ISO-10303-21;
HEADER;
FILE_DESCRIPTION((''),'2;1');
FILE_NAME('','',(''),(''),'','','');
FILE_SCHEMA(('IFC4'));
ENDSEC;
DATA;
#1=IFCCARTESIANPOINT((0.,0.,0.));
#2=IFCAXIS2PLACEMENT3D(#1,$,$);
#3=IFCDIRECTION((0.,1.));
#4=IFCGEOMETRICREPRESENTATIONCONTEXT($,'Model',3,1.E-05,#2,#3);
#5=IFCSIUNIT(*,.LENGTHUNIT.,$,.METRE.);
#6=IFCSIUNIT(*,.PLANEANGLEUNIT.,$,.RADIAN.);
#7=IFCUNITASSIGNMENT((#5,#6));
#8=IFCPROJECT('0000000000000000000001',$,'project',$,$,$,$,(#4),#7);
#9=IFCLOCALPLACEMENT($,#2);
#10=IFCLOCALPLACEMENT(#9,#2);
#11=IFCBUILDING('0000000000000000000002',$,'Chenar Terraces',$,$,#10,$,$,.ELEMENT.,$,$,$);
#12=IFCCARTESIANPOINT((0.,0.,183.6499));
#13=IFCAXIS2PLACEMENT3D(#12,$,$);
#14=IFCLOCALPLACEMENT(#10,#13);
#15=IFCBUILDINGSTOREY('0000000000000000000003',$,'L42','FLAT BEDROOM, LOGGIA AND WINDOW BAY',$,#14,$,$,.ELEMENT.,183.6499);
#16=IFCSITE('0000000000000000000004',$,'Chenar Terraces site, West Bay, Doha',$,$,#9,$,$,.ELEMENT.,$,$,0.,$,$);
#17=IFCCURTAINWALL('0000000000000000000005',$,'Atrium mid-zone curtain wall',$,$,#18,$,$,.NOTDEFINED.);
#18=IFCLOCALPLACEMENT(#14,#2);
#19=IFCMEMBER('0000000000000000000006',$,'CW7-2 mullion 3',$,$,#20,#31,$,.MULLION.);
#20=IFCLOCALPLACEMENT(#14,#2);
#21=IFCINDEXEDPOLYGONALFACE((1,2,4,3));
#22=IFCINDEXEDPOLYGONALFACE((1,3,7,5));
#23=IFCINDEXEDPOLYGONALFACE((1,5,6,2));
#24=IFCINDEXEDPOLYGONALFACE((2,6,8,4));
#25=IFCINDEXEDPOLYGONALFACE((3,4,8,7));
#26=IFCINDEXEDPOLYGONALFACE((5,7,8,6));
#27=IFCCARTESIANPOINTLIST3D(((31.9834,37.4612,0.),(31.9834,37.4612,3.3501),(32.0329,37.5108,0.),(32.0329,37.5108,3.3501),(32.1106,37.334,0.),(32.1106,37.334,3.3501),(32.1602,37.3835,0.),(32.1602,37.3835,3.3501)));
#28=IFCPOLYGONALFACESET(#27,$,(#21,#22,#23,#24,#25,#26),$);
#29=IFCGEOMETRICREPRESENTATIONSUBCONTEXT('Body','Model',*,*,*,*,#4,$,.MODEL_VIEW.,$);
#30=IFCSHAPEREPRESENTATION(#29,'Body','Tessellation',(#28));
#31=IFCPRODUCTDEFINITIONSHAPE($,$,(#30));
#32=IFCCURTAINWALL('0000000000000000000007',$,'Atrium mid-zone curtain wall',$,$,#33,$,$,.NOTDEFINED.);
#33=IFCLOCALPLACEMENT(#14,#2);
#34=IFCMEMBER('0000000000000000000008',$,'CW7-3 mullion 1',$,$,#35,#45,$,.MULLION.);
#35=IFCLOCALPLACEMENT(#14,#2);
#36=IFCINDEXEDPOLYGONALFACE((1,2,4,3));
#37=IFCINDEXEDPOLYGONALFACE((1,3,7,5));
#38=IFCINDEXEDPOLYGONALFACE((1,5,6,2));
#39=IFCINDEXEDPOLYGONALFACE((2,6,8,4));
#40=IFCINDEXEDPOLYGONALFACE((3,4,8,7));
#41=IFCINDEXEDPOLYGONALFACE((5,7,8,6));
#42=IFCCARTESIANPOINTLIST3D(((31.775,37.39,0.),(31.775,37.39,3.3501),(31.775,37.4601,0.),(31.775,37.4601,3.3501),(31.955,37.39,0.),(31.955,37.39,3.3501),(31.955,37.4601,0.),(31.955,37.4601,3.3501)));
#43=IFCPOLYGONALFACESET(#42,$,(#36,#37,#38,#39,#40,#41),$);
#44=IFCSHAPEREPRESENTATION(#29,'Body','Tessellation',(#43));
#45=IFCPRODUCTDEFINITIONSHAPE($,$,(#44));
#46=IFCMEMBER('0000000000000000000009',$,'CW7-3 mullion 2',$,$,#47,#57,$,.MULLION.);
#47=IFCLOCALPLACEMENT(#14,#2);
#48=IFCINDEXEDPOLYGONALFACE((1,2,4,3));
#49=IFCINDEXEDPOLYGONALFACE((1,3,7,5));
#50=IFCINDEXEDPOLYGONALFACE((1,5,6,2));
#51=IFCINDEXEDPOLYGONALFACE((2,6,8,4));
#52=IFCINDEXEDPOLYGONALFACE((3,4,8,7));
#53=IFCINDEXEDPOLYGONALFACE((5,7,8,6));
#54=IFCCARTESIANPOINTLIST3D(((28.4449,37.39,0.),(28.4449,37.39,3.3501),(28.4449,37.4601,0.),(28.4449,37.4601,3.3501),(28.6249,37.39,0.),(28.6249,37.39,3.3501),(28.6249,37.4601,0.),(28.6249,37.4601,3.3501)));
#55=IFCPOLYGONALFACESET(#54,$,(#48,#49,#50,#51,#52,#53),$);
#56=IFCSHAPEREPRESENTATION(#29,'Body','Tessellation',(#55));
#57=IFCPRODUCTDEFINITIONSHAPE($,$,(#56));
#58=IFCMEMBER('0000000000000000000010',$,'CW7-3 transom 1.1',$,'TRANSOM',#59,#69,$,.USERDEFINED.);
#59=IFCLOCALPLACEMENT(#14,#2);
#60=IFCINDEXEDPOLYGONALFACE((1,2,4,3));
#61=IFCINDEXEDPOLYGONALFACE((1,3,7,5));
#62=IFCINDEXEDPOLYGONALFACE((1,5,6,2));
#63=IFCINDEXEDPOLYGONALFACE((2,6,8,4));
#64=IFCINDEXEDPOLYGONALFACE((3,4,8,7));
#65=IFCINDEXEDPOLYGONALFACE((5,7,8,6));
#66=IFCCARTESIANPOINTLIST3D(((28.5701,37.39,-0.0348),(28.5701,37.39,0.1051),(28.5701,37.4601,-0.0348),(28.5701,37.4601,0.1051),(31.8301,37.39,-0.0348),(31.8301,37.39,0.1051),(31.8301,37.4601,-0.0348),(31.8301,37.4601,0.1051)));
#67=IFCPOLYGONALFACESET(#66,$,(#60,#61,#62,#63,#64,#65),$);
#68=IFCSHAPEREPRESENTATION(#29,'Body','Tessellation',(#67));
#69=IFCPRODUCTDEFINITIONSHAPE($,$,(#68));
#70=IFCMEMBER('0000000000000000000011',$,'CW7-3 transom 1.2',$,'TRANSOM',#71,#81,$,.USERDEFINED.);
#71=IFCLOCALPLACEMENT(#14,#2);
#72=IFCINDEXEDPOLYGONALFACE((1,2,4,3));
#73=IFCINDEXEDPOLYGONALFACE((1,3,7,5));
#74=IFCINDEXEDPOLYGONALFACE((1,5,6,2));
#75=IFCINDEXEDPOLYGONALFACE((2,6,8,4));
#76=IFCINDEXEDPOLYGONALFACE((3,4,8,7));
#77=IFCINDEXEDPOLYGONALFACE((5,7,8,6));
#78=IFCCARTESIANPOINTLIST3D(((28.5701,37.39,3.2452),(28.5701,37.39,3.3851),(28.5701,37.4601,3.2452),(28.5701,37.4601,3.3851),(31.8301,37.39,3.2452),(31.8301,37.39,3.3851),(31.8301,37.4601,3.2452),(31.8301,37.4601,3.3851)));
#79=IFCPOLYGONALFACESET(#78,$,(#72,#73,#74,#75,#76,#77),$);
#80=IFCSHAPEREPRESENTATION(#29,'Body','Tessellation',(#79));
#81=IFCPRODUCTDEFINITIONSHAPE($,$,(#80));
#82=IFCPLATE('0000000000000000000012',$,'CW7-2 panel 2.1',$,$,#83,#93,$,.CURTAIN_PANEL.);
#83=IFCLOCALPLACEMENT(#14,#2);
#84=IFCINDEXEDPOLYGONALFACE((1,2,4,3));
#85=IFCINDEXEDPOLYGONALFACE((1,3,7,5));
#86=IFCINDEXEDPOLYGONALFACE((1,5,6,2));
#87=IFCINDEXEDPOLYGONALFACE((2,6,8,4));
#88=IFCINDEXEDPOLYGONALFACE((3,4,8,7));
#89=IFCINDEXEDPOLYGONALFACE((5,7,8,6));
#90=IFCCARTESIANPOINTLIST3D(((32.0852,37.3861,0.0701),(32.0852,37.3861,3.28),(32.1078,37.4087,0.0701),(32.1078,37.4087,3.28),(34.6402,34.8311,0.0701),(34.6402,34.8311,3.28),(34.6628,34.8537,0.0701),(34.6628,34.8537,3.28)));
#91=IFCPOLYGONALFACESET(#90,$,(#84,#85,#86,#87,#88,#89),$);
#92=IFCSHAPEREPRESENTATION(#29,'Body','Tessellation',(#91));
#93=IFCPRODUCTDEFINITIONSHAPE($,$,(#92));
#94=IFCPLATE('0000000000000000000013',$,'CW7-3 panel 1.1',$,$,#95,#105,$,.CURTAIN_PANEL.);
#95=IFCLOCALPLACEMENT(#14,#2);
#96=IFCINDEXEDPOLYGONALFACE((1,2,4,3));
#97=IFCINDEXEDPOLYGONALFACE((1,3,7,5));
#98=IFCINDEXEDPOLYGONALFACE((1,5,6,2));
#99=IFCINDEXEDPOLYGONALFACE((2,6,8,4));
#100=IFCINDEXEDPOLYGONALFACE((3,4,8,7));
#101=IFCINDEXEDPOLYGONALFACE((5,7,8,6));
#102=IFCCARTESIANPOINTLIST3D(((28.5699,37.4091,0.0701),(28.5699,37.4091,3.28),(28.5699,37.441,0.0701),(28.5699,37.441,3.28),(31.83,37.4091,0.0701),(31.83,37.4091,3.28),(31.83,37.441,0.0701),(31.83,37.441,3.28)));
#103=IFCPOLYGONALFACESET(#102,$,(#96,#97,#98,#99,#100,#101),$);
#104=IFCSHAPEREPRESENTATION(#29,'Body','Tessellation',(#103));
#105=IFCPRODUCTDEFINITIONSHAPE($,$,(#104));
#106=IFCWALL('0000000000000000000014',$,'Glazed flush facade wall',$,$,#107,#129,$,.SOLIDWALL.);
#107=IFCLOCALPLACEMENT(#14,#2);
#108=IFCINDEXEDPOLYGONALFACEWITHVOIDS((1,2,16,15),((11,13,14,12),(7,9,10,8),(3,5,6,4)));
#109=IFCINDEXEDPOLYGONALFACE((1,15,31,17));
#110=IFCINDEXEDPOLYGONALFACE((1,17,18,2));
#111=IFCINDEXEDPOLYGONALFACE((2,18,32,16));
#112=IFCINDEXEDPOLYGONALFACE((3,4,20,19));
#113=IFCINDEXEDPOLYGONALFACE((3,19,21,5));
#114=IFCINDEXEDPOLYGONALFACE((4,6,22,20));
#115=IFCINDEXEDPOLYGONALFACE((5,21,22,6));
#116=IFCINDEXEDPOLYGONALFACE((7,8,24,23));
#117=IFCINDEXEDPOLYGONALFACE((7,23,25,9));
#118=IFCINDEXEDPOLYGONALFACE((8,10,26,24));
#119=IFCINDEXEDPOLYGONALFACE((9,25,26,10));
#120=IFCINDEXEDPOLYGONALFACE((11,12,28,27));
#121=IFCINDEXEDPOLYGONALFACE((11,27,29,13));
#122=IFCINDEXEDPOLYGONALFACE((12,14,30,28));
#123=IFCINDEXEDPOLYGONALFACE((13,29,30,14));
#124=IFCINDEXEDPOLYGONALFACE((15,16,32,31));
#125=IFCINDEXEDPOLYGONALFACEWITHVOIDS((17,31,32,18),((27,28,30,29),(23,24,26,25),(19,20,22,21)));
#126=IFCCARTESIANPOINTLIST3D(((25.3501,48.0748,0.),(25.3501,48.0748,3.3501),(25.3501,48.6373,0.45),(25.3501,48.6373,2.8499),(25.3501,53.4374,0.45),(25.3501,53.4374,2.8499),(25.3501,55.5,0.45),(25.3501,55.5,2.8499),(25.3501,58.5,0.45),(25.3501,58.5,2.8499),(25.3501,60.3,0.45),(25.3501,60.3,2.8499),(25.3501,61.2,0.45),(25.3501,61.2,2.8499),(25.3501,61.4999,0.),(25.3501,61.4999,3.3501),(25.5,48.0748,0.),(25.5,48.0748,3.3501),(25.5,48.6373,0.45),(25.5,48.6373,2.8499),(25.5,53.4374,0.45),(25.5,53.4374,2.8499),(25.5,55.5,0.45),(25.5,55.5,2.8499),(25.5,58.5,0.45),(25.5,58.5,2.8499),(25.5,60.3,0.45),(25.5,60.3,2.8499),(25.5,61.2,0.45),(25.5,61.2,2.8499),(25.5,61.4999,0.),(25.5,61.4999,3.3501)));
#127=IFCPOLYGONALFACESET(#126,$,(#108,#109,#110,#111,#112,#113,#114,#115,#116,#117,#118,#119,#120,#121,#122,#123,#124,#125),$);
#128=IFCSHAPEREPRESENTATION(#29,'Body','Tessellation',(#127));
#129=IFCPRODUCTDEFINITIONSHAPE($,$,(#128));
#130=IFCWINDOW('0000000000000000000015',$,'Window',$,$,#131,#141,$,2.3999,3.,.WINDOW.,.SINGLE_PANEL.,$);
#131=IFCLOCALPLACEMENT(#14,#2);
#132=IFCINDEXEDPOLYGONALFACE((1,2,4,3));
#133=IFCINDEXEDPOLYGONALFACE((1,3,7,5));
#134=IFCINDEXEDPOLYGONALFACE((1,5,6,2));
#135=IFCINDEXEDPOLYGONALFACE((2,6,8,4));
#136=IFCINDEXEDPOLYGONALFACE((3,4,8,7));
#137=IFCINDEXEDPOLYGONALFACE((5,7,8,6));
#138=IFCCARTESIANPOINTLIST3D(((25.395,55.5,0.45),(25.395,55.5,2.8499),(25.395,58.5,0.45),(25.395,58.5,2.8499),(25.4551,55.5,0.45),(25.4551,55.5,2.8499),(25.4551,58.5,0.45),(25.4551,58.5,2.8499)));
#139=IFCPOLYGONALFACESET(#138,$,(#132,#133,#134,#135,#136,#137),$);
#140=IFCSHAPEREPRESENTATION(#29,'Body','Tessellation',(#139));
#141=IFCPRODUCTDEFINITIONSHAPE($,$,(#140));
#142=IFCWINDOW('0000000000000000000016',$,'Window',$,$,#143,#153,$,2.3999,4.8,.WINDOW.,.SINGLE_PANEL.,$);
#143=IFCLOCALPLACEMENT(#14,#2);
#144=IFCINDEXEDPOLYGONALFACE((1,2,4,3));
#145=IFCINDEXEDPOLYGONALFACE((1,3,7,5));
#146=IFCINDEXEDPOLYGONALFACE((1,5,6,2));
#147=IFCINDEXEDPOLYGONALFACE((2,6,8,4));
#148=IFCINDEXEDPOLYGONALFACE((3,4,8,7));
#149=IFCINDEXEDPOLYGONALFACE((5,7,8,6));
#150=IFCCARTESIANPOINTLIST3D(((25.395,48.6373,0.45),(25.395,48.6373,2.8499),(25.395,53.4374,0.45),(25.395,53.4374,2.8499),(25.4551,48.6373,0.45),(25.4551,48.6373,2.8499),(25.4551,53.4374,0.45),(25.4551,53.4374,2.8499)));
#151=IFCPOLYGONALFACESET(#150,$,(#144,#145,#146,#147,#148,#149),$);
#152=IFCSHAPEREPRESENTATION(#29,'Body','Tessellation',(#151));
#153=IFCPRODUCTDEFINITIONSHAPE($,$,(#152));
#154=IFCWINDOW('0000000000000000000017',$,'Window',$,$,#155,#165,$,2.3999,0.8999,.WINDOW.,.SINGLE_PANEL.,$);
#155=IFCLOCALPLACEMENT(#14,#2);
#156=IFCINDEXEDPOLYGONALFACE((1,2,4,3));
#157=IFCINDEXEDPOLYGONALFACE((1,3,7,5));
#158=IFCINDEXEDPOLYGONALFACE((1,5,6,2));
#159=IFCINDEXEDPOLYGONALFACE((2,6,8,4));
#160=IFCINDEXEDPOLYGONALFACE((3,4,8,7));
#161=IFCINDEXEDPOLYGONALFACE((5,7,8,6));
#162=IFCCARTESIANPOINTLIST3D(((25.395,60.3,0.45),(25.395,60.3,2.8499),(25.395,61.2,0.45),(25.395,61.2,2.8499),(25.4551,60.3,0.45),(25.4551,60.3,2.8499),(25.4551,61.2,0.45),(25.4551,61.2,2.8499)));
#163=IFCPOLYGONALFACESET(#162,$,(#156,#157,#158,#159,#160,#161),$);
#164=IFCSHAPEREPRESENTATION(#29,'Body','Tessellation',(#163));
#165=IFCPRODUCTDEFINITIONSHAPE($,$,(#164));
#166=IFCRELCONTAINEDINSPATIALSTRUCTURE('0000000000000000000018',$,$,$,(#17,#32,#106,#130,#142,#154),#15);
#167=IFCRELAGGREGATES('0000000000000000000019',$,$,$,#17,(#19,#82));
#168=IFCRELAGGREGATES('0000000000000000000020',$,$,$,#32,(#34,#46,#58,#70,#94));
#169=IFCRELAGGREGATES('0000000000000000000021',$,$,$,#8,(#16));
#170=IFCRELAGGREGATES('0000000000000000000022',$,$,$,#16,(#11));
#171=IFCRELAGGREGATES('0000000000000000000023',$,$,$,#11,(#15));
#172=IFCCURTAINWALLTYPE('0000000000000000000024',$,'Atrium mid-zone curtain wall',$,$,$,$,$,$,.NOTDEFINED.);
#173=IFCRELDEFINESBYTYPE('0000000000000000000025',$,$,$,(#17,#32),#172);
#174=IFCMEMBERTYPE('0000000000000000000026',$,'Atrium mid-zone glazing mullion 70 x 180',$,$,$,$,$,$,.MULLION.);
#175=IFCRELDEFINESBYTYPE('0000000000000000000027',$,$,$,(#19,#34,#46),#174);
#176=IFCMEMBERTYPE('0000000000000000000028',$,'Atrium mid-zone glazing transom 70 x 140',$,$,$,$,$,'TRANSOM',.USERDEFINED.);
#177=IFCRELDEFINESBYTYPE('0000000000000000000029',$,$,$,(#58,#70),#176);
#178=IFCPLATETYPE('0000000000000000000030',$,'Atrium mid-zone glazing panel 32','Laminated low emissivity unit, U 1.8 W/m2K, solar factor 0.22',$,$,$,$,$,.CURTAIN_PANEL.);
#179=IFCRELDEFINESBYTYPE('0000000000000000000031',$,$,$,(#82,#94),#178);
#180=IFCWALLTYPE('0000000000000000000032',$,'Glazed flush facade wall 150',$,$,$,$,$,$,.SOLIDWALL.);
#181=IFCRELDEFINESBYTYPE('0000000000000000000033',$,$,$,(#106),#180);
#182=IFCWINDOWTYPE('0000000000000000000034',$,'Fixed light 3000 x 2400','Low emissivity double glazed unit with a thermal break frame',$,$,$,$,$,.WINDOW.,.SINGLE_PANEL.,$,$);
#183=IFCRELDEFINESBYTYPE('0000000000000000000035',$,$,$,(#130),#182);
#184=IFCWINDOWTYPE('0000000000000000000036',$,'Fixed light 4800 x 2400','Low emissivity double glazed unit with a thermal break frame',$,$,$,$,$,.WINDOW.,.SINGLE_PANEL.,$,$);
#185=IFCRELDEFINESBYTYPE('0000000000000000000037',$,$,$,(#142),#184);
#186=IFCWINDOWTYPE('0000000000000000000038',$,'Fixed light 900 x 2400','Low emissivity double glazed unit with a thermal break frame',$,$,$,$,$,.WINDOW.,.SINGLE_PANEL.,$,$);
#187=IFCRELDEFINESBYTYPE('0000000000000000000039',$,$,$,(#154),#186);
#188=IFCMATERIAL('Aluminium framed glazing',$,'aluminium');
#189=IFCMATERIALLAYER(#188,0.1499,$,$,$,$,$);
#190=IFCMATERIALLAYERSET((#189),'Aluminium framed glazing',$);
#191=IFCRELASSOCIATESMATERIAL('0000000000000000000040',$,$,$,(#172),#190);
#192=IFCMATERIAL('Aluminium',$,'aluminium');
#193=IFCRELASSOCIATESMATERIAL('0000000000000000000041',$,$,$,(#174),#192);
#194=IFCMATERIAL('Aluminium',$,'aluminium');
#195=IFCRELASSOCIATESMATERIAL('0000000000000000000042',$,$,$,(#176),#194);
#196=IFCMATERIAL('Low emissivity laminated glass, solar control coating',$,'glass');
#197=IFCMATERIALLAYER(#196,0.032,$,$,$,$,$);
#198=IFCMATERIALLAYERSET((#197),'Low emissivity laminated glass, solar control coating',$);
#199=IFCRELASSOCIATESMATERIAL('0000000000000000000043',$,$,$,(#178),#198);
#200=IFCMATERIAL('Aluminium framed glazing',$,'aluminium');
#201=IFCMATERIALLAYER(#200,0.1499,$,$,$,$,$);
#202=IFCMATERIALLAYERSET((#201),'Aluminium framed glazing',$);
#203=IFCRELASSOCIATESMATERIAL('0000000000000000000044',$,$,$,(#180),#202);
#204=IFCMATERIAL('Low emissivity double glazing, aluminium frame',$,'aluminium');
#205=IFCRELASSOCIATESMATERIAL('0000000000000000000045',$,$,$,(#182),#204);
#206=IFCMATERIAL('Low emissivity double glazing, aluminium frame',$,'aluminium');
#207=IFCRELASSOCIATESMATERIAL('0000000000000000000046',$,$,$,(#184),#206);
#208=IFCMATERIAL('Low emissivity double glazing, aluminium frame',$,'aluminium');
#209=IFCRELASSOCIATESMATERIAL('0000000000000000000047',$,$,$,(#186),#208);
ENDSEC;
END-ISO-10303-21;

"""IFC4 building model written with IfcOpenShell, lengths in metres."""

from ifc_helpers import new_model, si_unit, direction, frame, frame_2d, origin, origin_2d, place, context, subcontext, project, spatial, rectangle, extrude, material, layer, layer_set, material_profile, profile_set, type_object, element, fill, aggregate, save


model = new_model("IFC4")

# Units and contexts
model_context = context("Model", 3, precision=1e-05, world=origin(), true_north=direction((0.0, 1.0)))
body_context = subcontext(model_context, "Body", "Model", "MODEL_VIEW")
ifc_project = project(units=[si_unit("LENGTHUNIT", "METRE"), si_unit("PLANEANGLEUNIT", "RADIAN")], contexts=[model_context])

# Site, building, storey
site_placement = place(None, origin())
site = spatial("IfcSite", under=ifc_project, at=site_placement, Name="Chenar Terraces site, West Bay, Doha", CompositionType="ELEMENT", RefElevation=0.0)
building_placement = place(site_placement, origin())
building = spatial("IfcBuilding", under=site, at=building_placement, Name="Chenar Terraces", CompositionType="ELEMENT")
storey_placement = place(building_placement, frame((0.0, 0.0, 183.6499)))
storey = spatial("IfcBuildingStorey", under=building, at=storey_placement, Name="L42", Description="FLAT BEDROOM, LOGGIA AND WINDOW BAY", CompositionType="ELEMENT", Elevation=183.6499)

# Curtain wall, member
ifc_material_1 = material(Name="Aluminium framed glazing", Category="aluminium")
ifc_layer_1 = layer(ifc_material_1, 0.1499)
ifc_layer_set_1 = layer_set([ifc_layer_1], Name="Aluminium framed glazing")
curtain_wall_type = type_object("IfcCurtainWallType", Name="Atrium mid-zone curtain wall", PredefinedType="NOTDEFINED", material=ifc_layer_set_1)
placement = place(storey_placement, origin())
curtain_wall_1 = element("IfcCurtainWall", 1, at=placement, inside=storey, type_object=curtain_wall_type, Name="Atrium mid-zone curtain wall", PredefinedType="NOTDEFINED")
ifc_material_2 = material(Name="Aluminium", Category="aluminium")
ifc_material_profile_1 = material_profile(ifc_material_2, rectangle(XDim=0.0701, YDim=0.1799, at=origin_2d()), Name="Atrium mid-zone glazing mullion 70 x 180")
ifc_profile_set_1 = profile_set([ifc_material_profile_1], Name="Aluminium")
member_type_1 = type_object("IfcMemberType", Name="Atrium mid-zone glazing mullion 70 x 180", PredefinedType="MULLION", material=ifc_profile_set_1)
member_1_placement = place(storey_placement, frame((32.0718, 37.4224, 0.0), z_axis=(0.0, 0.0, 1.0), x_axis=(-0.707107, -0.707107, 0.0)))
member_1 = element("IfcMember", 2, at=member_1_placement, type_object=member_type_1, Name="CW7-2 mullion 3", PredefinedType="MULLION", context=body_context, shape_type="SweptSolid", body=[
    extrude(rectangle(XDim=0.0701, YDim=0.1799, at=origin_2d()), origin(), (0.0, 0.0, 1.0), 3.3501),
])

# Curtain wall, members
curtain_wall_2 = element("IfcCurtainWall", 3, at=placement, inside=storey, type_object=curtain_wall_type, Name="Atrium mid-zone curtain wall", PredefinedType="NOTDEFINED")
member_2_placement = place(storey_placement, frame((31.865, 37.425, 0.0), z_axis=(0.0, 0.0, 1.0), x_axis=(0.0, -1.0, 0.0)))
member_2 = element("IfcMember", 4, at=member_2_placement, type_object=member_type_1, Name="CW7-3 mullion 1", PredefinedType="MULLION", context=body_context, shape_type="SweptSolid", body=[
    extrude(rectangle(XDim=0.0701, YDim=0.1799, at=origin_2d()), origin(), (0.0, 0.0, 1.0), 3.3501),
])
member_3_placement = place(storey_placement, frame((28.5349, 37.425, 0.0), z_axis=(0.0, 0.0, 1.0), x_axis=(0.0, -1.0, 0.0)))
member_3 = element("IfcMember", 5, at=member_3_placement, type_object=member_type_1, Name="CW7-3 mullion 2", PredefinedType="MULLION", context=body_context, shape_type="SweptSolid", body=[
    extrude(rectangle(XDim=0.0701, YDim=0.1799, at=origin_2d()), origin(), (0.0, 0.0, 1.0), 3.3501),
])
ifc_material_3 = material(Name="Aluminium", Category="aluminium")
ifc_material_profile_2 = material_profile(ifc_material_3, rectangle(XDim=0.0701, YDim=0.1399, at=origin_2d()), Name="Atrium mid-zone glazing transom 70 x 140")
ifc_profile_set_2 = profile_set([ifc_material_profile_2], Name="Aluminium")
member_type_2 = type_object("IfcMemberType", Name="Atrium mid-zone glazing transom 70 x 140", ElementType="TRANSOM", PredefinedType="USERDEFINED", material=ifc_profile_set_2)
member_4_placement = place(storey_placement, frame((31.8301, 37.425, 0.0352), z_axis=(-1.0, 0.0, 0.0), x_axis=(0.0, -1.0, 0.0)))
member_4 = element("IfcMember", 6, at=member_4_placement, type_object=member_type_2, Name="CW7-3 transom 1.1", ObjectType="TRANSOM", PredefinedType="USERDEFINED", context=body_context, shape_type="SweptSolid", body=[
    extrude(rectangle(XDim=0.0701, YDim=0.1399, at=origin_2d()), origin(), (0.0, 0.0, 1.0), 3.26),
])
member_5_placement = place(storey_placement, frame((31.8301, 37.425, 3.3152), z_axis=(-1.0, 0.0, 0.0), x_axis=(0.0, -1.0, 0.0)))
member_5 = element("IfcMember", 7, at=member_5_placement, type_object=member_type_2, Name="CW7-3 transom 1.2", ObjectType="TRANSOM", PredefinedType="USERDEFINED", context=body_context, shape_type="SweptSolid", body=[
    extrude(rectangle(XDim=0.0701, YDim=0.1399, at=origin_2d()), origin(), (0.0, 0.0, 1.0), 3.26),
])

# Plates
ifc_material_4 = material(Name="Low emissivity laminated glass, solar control coating", Category="glass")
ifc_layer_2 = layer(ifc_material_4, 0.032)
ifc_layer_set_2 = layer_set([ifc_layer_2], Name="Low emissivity laminated glass, solar control coating")
plate_type = type_object("IfcPlateType", Name="Atrium mid-zone glazing panel 32", Description="Laminated low emissivity unit, U 1.8 W/m2K, solar factor 0.22", PredefinedType="CURTAIN_PANEL", material=ifc_layer_set_2)
plate_1_placement = place(storey_placement, frame((33.374, 36.1199, 0.0701), z_axis=(0.0, 0.0, 1.0), x_axis=(-0.707107, 0.707107, 0.0)))
plate_1 = element("IfcPlate", 8, at=plate_1_placement, type_object=plate_type, Name="CW7-2 panel 2.1", PredefinedType="CURTAIN_PANEL", context=body_context, shape_type="SweptSolid", body=[
    extrude(rectangle(XDim=3.6133, YDim=0.032, at=origin_2d()), origin(), (0.0, 0.0, 1.0), 3.21),
])
aggregate(curtain_wall_1, [member_1, plate_1])
plate_2_placement = place(storey_placement, frame((30.2, 37.425, 0.0701), z_axis=(0.0, 0.0, 1.0), x_axis=(-1.0, 0.0, 0.0)))
plate_2 = element("IfcPlate", 9, at=plate_2_placement, type_object=plate_type, Name="CW7-3 panel 1.1", PredefinedType="CURTAIN_PANEL", context=body_context, shape_type="SweptSolid", body=[
    extrude(rectangle(XDim=3.26, YDim=0.032, at=origin_2d()), origin(), (0.0, 0.0, 1.0), 3.21),
])
aggregate(curtain_wall_2, [member_2, member_3, member_4, member_5, plate_2])

# Wall, openings, windows
ifc_material_5 = material(Name="Aluminium framed glazing", Category="aluminium")
ifc_layer_3 = layer(ifc_material_5, 0.1499)
ifc_layer_set_3 = layer_set([ifc_layer_3], Name="Aluminium framed glazing")
wall_type_1 = type_object("IfcWallType", Name="Glazed flush facade wall 150", PredefinedType="SOLIDWALL", material=ifc_layer_set_3)
wall_1_placement = place(storey_placement, frame((25.425, 48.075, 0.0), z_axis=(0.0, 0.0, 1.0), x_axis=(0.0, 1.0, 0.0)))
wall_1 = element("IfcWall", 10, at=wall_1_placement, inside=storey, type_object=wall_type_1, Name="Glazed flush facade wall", PredefinedType="SOLIDWALL", context=body_context, shape_type="SweptSolid", body=[
    extrude(rectangle(XDim=13.425, YDim=0.1499, at=frame_2d((6.7124, 0.0))), origin(), (0.0, 0.0, 1.0), 3.3501),
])
opening_1_placement = place(wall_1_placement, frame((0.5625, 0.0, 0.45)))
opening_1 = element("IfcOpeningElement", 11, at=opening_1_placement, cuts=wall_1, PredefinedType="OPENING", context=body_context, shape_type="SweptSolid", body=[
    extrude(rectangle(XDim=4.8, YDim=2.3999, at=frame_2d((2.3999, 1.2))), frame((0.0, 0.085, 0.0), z_axis=(0.0, -1.0, 0.0), x_axis=(1.0, 0.0, 0.0)), (0.0, 0.0, 1.0), 0.1699),
])
opening_2_placement = place(wall_1_placement, frame((7.425, 0.0, 0.45)))
opening_2 = element("IfcOpeningElement", 12, at=opening_2_placement, cuts=wall_1, PredefinedType="OPENING", context=body_context, shape_type="SweptSolid", body=[
    extrude(rectangle(XDim=3.0, YDim=2.3999, at=frame_2d((1.5, 1.2))), frame((0.0, 0.085, 0.0), z_axis=(0.0, -1.0, 0.0), x_axis=(1.0, 0.0, 0.0)), (0.0, 0.0, 1.0), 0.1699),
])
opening_3_placement = place(wall_1_placement, frame((12.2251, 0.0, 0.45)))
opening_3 = element("IfcOpeningElement", 13, at=opening_3_placement, cuts=wall_1, PredefinedType="OPENING", context=body_context, shape_type="SweptSolid", body=[
    extrude(rectangle(XDim=0.8999, YDim=2.3999, at=frame_2d((0.45, 1.2))), frame((0.0, 0.085, 0.0), z_axis=(0.0, -1.0, 0.0), x_axis=(1.0, 0.0, 0.0)), (0.0, 0.0, 1.0), 0.1699),
])
ifc_material_6 = material(Name="Low emissivity double glazing, aluminium frame", Category="aluminium")
window_type_1 = type_object("IfcWindowType", Name="Fixed light 3000 x 2400", Description="Low emissivity double glazed unit with a thermal break frame", PartitioningType="SINGLE_PANEL", PredefinedType="WINDOW", material=ifc_material_6)
window_1_placement = place(opening_2_placement, origin())
window_1 = element("IfcWindow", 14, at=window_1_placement, inside=storey, type_object=window_type_1, Name="Window", OverallHeight=2.3999, OverallWidth=3.0, PartitioningType="SINGLE_PANEL", PredefinedType="WINDOW", context=body_context, shape_type="SweptSolid", body=[
    extrude(rectangle(XDim=3.0, YDim=2.3999, at=frame_2d((1.5, 1.2))), frame((0.0, 0.03, 0.0), z_axis=(0.0, -1.0, 0.0), x_axis=(1.0, 0.0, 0.0)), (0.0, 0.0, 1.0), 0.0601),
])
fill(opening_2, window_1)
ifc_material_7 = material(Name="Low emissivity double glazing, aluminium frame", Category="aluminium")
window_type_2 = type_object("IfcWindowType", Name="Fixed light 4800 x 2400", Description="Low emissivity double glazed unit with a thermal break frame", PartitioningType="SINGLE_PANEL", PredefinedType="WINDOW", material=ifc_material_7)
window_2_placement = place(opening_1_placement, origin())
window_2 = element("IfcWindow", 15, at=window_2_placement, inside=storey, type_object=window_type_2, Name="Window", OverallHeight=2.3999, OverallWidth=4.8, PartitioningType="SINGLE_PANEL", PredefinedType="WINDOW", context=body_context, shape_type="SweptSolid", body=[
    extrude(rectangle(XDim=4.8, YDim=2.3999, at=frame_2d((2.3999, 1.2))), frame((0.0, 0.03, 0.0), z_axis=(0.0, -1.0, 0.0), x_axis=(1.0, 0.0, 0.0)), (0.0, 0.0, 1.0), 0.0601),
])
fill(opening_1, window_2)
ifc_material_8 = material(Name="Low emissivity double glazing, aluminium frame", Category="aluminium")
window_type_3 = type_object("IfcWindowType", Name="Fixed light 900 x 2400", Description="Low emissivity double glazed unit with a thermal break frame", PartitioningType="SINGLE_PANEL", PredefinedType="WINDOW", material=ifc_material_8)
window_3_placement = place(opening_3_placement, origin())
window_3 = element("IfcWindow", 16, at=window_3_placement, inside=storey, type_object=window_type_3, Name="Window", OverallHeight=2.3999, OverallWidth=0.8999, PartitioningType="SINGLE_PANEL", PredefinedType="WINDOW", context=body_context, shape_type="SweptSolid", body=[
    extrude(rectangle(XDim=0.8999, YDim=2.3999, at=frame_2d((0.45, 1.2))), frame((0.0, 0.03, 0.0), z_axis=(0.0, -1.0, 0.0), x_axis=(1.0, 0.0, 0.0)), (0.0, 0.0, 1.0), 0.0601),
])
fill(opening_3, window_3)

save(model, "model.ifc")
